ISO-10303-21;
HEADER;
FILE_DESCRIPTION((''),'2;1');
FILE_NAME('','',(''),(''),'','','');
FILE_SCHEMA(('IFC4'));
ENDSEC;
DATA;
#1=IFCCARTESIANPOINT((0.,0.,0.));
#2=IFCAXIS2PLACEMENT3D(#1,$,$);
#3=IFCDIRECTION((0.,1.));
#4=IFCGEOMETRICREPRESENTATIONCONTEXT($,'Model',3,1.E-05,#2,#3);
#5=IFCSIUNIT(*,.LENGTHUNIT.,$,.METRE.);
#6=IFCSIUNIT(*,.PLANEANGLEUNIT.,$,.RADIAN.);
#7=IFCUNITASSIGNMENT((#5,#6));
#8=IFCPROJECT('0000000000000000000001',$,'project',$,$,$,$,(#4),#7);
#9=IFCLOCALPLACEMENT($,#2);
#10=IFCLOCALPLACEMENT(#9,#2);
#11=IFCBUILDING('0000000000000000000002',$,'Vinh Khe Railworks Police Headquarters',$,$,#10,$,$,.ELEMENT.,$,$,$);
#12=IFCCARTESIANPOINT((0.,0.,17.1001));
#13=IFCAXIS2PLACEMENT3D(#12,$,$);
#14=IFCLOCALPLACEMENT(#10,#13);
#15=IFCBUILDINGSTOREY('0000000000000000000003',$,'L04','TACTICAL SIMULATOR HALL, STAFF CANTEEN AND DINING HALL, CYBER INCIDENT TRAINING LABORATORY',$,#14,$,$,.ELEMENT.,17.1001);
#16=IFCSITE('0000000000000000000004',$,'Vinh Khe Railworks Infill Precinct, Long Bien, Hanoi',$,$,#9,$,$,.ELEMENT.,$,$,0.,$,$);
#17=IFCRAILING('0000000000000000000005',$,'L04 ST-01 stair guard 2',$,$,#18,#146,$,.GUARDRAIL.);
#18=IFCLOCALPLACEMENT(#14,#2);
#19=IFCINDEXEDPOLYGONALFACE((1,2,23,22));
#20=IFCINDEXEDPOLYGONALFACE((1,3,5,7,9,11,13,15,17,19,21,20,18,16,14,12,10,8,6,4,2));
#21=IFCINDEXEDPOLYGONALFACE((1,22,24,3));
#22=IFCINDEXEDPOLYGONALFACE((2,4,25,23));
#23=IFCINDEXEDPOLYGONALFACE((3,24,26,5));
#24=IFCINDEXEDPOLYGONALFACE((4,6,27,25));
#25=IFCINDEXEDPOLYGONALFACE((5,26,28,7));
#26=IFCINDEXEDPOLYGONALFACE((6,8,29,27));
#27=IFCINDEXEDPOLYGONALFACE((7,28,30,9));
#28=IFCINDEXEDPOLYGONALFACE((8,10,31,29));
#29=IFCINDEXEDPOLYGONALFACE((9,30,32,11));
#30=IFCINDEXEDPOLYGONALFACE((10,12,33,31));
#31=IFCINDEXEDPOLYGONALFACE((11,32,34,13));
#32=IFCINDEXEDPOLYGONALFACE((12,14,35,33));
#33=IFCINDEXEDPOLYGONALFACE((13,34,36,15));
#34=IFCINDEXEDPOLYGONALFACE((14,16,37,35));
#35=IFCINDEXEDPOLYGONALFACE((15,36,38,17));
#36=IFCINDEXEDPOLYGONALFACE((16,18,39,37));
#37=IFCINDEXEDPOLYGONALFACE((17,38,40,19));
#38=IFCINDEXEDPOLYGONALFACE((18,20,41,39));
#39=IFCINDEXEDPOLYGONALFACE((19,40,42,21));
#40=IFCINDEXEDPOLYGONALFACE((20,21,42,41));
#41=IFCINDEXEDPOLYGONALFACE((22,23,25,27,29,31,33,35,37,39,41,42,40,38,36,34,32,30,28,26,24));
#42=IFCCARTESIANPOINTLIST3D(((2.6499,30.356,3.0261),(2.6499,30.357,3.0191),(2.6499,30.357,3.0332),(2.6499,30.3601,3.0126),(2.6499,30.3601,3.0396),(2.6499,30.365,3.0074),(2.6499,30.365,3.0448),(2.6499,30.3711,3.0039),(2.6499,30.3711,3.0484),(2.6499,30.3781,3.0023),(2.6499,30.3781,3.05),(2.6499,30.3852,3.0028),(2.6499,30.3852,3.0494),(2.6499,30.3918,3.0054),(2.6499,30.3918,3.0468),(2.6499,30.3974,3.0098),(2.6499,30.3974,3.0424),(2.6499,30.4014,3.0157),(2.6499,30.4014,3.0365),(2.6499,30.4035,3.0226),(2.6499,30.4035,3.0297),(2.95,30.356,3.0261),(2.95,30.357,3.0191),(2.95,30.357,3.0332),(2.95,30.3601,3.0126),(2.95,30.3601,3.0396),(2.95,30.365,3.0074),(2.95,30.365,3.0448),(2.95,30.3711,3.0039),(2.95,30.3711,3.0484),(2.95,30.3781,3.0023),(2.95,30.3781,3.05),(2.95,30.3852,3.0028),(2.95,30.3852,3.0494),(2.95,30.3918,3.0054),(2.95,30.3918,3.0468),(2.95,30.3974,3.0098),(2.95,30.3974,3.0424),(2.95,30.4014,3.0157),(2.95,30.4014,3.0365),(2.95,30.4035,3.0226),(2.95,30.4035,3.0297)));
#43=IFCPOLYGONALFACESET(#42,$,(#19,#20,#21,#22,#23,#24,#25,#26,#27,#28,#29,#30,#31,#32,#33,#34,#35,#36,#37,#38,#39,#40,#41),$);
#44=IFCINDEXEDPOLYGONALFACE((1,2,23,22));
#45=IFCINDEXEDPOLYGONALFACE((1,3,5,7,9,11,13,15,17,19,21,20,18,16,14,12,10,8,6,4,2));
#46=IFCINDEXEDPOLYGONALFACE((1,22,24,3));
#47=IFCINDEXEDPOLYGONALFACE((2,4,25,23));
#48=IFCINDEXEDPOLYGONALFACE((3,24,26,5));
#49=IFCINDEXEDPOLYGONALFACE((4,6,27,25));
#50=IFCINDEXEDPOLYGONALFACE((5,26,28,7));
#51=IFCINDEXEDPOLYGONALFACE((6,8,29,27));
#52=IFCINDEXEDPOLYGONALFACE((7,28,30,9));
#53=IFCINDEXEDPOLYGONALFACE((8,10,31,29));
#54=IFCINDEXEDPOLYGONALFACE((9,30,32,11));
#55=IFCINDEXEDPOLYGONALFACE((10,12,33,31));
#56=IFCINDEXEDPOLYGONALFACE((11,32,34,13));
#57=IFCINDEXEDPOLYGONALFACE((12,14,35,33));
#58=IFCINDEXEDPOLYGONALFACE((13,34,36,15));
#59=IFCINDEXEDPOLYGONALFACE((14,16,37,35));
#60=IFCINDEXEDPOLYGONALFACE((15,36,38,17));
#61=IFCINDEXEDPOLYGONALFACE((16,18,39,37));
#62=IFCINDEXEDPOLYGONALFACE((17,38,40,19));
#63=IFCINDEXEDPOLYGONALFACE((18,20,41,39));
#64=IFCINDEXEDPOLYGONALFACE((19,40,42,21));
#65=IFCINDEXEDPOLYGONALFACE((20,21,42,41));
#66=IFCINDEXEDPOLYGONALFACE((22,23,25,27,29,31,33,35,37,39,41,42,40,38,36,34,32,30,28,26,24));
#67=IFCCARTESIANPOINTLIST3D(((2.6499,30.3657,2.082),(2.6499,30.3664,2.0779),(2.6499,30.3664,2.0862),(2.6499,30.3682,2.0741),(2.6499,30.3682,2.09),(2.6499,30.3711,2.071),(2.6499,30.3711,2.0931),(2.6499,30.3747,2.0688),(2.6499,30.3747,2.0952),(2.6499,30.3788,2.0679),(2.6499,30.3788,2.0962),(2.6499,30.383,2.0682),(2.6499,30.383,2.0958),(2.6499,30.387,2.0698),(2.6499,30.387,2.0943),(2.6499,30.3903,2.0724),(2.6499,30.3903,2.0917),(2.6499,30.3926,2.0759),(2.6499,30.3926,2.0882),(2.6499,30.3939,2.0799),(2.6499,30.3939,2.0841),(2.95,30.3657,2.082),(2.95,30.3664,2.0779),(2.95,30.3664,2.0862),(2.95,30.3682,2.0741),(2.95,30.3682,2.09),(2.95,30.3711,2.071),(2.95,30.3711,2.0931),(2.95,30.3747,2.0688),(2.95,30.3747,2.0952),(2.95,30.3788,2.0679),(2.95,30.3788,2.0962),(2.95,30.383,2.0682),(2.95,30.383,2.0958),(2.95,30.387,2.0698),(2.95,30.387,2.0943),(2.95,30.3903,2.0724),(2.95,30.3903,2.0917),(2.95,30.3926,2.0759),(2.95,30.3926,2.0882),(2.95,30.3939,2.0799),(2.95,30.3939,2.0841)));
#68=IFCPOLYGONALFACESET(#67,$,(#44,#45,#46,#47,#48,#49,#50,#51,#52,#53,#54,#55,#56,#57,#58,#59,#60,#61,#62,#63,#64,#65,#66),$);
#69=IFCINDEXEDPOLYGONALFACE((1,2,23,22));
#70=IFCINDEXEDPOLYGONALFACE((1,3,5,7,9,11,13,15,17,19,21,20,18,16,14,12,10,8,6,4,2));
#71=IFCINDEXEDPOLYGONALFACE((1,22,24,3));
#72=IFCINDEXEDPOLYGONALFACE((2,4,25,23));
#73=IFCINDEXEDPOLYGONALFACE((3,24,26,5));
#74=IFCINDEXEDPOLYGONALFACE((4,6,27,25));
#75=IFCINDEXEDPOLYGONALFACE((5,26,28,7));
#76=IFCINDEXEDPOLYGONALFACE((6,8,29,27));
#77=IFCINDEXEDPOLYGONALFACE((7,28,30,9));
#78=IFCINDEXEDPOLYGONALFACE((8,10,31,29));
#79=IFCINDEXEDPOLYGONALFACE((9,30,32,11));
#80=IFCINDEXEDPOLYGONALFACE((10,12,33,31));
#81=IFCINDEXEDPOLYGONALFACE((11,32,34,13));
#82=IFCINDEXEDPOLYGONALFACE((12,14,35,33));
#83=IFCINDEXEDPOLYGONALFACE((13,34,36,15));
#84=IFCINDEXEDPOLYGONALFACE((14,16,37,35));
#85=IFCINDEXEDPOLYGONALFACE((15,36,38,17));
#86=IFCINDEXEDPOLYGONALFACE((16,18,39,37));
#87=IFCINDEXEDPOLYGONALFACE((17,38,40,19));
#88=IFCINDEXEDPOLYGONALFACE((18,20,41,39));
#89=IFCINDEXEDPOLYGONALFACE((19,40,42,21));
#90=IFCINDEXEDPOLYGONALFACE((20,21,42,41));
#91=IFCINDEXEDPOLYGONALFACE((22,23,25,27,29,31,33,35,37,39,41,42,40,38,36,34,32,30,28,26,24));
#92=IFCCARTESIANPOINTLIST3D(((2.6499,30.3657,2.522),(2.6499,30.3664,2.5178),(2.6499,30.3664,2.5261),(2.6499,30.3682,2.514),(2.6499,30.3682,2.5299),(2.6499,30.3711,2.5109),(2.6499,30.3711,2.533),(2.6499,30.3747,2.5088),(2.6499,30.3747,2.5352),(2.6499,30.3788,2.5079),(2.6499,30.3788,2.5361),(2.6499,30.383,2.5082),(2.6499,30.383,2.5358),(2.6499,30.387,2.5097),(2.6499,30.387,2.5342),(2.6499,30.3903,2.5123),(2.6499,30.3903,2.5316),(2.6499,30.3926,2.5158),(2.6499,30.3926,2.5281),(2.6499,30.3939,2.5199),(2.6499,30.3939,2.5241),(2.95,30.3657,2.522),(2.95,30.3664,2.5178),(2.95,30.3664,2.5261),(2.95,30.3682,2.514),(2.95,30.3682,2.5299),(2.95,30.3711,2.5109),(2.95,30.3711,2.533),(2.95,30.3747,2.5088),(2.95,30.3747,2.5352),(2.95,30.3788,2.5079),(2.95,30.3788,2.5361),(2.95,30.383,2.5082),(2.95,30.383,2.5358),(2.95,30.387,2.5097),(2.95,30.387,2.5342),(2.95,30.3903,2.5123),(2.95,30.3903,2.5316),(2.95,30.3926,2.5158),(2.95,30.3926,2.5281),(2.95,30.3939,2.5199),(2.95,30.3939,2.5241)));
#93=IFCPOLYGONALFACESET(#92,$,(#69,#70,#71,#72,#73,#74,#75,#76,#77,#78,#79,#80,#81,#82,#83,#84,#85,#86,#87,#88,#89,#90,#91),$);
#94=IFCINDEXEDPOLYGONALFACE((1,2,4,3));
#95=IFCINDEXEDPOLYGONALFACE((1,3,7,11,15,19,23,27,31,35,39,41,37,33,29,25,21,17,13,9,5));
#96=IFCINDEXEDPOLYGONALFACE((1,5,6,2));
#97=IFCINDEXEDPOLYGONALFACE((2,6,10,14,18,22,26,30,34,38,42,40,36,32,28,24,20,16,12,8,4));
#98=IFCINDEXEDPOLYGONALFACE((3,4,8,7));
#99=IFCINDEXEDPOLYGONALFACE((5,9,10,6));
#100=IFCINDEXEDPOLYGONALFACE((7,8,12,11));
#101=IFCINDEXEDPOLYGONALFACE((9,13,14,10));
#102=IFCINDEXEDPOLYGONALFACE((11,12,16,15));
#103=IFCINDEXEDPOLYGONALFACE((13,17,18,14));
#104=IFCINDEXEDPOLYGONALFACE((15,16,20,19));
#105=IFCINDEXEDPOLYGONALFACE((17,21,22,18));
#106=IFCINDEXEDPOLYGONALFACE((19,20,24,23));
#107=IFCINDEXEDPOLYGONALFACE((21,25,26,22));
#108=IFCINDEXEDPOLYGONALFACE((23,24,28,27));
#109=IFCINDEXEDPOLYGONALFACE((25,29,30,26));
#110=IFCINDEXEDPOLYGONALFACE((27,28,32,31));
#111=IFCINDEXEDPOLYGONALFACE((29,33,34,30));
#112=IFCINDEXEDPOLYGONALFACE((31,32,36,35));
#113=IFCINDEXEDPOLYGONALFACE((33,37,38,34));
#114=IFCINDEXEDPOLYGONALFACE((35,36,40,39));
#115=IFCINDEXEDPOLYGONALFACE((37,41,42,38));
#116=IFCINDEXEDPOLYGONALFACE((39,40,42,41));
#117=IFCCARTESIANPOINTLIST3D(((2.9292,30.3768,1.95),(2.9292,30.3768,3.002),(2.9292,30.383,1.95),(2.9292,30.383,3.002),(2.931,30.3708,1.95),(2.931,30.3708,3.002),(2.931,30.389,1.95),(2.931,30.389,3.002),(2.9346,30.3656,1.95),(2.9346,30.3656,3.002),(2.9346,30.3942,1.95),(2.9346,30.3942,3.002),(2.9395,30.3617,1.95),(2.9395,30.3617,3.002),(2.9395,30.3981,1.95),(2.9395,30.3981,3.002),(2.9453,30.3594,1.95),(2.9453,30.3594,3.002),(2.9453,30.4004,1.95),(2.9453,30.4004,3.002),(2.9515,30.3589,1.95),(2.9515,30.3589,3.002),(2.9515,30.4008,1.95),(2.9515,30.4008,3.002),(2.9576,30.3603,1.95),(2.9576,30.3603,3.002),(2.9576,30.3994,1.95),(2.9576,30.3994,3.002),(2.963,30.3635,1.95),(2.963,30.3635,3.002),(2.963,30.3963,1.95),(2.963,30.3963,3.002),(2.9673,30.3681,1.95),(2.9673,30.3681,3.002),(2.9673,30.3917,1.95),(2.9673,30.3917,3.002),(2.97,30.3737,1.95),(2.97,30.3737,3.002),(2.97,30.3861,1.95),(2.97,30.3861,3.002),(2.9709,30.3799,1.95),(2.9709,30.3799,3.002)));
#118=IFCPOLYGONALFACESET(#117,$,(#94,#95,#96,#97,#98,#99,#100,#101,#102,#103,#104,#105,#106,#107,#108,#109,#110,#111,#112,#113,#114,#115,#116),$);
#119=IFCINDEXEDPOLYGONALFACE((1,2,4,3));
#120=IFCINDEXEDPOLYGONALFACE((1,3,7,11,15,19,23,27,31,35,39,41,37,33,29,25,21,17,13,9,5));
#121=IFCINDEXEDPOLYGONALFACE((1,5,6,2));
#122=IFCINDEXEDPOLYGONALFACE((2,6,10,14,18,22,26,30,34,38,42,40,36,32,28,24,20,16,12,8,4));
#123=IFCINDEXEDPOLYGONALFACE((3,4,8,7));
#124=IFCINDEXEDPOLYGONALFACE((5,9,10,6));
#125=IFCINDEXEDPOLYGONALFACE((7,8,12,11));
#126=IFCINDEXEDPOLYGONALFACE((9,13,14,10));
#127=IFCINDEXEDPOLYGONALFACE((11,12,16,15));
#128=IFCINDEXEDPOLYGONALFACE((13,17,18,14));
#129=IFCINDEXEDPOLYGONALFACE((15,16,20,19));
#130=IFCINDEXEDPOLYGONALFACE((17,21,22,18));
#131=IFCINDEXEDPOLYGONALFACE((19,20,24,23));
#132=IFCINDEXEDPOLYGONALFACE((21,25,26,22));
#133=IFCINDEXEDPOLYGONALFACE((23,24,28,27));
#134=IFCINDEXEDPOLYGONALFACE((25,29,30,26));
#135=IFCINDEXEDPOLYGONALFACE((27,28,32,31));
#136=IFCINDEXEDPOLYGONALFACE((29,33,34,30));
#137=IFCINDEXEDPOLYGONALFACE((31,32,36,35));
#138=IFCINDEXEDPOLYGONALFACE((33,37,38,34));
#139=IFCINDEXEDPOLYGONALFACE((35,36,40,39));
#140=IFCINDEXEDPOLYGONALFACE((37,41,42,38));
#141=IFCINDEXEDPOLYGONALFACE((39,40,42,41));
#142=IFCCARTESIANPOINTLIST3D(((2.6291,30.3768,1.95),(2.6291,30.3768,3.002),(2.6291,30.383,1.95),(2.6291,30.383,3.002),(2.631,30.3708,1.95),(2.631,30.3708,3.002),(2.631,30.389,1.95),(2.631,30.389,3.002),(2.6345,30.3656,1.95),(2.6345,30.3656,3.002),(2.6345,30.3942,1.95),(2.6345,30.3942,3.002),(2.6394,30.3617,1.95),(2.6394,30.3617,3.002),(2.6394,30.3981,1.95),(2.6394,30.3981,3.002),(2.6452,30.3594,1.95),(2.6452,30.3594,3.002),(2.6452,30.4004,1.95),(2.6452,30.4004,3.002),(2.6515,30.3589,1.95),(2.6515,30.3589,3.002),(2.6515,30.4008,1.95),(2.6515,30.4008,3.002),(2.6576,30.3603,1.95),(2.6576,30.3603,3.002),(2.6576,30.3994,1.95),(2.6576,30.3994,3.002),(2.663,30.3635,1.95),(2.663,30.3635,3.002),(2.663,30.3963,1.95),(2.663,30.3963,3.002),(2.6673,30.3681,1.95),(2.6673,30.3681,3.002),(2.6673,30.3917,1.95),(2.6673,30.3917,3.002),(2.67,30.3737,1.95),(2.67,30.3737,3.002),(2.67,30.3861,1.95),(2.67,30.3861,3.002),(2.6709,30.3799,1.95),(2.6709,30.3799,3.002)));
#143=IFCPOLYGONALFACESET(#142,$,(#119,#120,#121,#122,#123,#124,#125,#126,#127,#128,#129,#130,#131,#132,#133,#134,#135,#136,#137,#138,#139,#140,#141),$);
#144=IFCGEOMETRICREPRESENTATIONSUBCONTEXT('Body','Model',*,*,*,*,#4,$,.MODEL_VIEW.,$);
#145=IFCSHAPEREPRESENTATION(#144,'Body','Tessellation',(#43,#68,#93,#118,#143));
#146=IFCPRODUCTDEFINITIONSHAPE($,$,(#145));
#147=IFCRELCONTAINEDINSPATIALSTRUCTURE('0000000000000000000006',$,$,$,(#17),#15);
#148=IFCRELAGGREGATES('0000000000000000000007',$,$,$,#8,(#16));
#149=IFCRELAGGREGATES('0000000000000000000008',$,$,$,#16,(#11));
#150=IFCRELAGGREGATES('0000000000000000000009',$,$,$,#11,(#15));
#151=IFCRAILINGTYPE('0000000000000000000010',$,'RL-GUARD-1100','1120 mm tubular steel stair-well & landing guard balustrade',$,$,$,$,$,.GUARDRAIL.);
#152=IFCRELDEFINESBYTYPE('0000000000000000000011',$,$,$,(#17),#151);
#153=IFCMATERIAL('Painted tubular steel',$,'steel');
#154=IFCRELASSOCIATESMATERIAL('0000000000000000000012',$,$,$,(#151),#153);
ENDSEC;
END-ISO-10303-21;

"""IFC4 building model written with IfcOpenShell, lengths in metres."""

from ifc_helpers import new_model, si_unit, direction, frame, origin, origin_2d, place, context, subcontext, project, spatial, circle, extrude, material, type_object, element, save


model = new_model("IFC4")

# Units and contexts
model_context = context("Model", 3, precision=1e-05, world=origin(), true_north=direction((0.0, 1.0)))
body_context = subcontext(model_context, "Body", "Model", "MODEL_VIEW")
ifc_project = project(units=[si_unit("LENGTHUNIT", "METRE"), si_unit("PLANEANGLEUNIT", "RADIAN")], contexts=[model_context])

# Site, building, storey
site_placement = place(None, origin())
site = spatial("IfcSite", under=ifc_project, at=site_placement, Name="Vinh Khe Railworks Infill Precinct, Long Bien, Hanoi", CompositionType="ELEMENT", RefElevation=0.0)
building_placement = place(site_placement, origin())
building = spatial("IfcBuilding", under=site, at=building_placement, Name="Vinh Khe Railworks Police Headquarters", CompositionType="ELEMENT")
storey_placement = place(building_placement, frame((0.0, 0.0, 17.1001)))
storey = spatial("IfcBuildingStorey", under=building, at=storey_placement, Name="L04", Description="TACTICAL SIMULATOR HALL, STAFF CANTEEN AND DINING HALL, CYBER INCIDENT TRAINING LABORATORY", CompositionType="ELEMENT", Elevation=17.1001)

# Railing
ifc_material_1 = material(Name="Painted tubular steel", Category="steel")
railing_type_1 = type_object("IfcRailingType", Name="RL-GUARD-1100", Description="1120 mm tubular steel stair-well & landing guard balustrade", PredefinedType="GUARDRAIL", material=ifc_material_1)
railing_1_placement = place(storey_placement, frame((2.95, 30.3799, 1.95)))
element("IfcRailing", 1, at=railing_1_placement, inside=storey, type_object=railing_type_1, Name="L04 ST-01 stair guard 2", PredefinedType="GUARDRAIL", context=body_context, shape_type="SweptSolid", body=[
    extrude(circle(Radius=0.0239, at=origin_2d()), frame((0.0, 0.0, 1.0762), z_axis=(-1.0, 0.0, 0.0), x_axis=(0.0, -1.0, 0.0)), (0.0, 0.0, 1.0), 0.3),
    extrude(circle(Radius=0.0142, at=origin_2d()), frame((0.0, 0.0, 0.1321), z_axis=(-1.0, 0.0, 0.0), x_axis=(0.0, -1.0, 0.0)), (0.0, 0.0, 1.0), 0.3),
    extrude(circle(Radius=0.0142, at=origin_2d()), frame((0.0, 0.0, 0.572), z_axis=(-1.0, 0.0, 0.0), x_axis=(0.0, -1.0, 0.0)), (0.0, 0.0, 1.0), 0.3),
    extrude(circle(Radius=0.021, at=origin_2d()), origin(), (0.0, 0.0, 1.0), 1.052),
    extrude(circle(Radius=0.021, at=origin_2d()), frame((-0.3, 0.0, 0.0)), (0.0, 0.0, 1.0), 1.052),
])

save(model, "model.ifc")
